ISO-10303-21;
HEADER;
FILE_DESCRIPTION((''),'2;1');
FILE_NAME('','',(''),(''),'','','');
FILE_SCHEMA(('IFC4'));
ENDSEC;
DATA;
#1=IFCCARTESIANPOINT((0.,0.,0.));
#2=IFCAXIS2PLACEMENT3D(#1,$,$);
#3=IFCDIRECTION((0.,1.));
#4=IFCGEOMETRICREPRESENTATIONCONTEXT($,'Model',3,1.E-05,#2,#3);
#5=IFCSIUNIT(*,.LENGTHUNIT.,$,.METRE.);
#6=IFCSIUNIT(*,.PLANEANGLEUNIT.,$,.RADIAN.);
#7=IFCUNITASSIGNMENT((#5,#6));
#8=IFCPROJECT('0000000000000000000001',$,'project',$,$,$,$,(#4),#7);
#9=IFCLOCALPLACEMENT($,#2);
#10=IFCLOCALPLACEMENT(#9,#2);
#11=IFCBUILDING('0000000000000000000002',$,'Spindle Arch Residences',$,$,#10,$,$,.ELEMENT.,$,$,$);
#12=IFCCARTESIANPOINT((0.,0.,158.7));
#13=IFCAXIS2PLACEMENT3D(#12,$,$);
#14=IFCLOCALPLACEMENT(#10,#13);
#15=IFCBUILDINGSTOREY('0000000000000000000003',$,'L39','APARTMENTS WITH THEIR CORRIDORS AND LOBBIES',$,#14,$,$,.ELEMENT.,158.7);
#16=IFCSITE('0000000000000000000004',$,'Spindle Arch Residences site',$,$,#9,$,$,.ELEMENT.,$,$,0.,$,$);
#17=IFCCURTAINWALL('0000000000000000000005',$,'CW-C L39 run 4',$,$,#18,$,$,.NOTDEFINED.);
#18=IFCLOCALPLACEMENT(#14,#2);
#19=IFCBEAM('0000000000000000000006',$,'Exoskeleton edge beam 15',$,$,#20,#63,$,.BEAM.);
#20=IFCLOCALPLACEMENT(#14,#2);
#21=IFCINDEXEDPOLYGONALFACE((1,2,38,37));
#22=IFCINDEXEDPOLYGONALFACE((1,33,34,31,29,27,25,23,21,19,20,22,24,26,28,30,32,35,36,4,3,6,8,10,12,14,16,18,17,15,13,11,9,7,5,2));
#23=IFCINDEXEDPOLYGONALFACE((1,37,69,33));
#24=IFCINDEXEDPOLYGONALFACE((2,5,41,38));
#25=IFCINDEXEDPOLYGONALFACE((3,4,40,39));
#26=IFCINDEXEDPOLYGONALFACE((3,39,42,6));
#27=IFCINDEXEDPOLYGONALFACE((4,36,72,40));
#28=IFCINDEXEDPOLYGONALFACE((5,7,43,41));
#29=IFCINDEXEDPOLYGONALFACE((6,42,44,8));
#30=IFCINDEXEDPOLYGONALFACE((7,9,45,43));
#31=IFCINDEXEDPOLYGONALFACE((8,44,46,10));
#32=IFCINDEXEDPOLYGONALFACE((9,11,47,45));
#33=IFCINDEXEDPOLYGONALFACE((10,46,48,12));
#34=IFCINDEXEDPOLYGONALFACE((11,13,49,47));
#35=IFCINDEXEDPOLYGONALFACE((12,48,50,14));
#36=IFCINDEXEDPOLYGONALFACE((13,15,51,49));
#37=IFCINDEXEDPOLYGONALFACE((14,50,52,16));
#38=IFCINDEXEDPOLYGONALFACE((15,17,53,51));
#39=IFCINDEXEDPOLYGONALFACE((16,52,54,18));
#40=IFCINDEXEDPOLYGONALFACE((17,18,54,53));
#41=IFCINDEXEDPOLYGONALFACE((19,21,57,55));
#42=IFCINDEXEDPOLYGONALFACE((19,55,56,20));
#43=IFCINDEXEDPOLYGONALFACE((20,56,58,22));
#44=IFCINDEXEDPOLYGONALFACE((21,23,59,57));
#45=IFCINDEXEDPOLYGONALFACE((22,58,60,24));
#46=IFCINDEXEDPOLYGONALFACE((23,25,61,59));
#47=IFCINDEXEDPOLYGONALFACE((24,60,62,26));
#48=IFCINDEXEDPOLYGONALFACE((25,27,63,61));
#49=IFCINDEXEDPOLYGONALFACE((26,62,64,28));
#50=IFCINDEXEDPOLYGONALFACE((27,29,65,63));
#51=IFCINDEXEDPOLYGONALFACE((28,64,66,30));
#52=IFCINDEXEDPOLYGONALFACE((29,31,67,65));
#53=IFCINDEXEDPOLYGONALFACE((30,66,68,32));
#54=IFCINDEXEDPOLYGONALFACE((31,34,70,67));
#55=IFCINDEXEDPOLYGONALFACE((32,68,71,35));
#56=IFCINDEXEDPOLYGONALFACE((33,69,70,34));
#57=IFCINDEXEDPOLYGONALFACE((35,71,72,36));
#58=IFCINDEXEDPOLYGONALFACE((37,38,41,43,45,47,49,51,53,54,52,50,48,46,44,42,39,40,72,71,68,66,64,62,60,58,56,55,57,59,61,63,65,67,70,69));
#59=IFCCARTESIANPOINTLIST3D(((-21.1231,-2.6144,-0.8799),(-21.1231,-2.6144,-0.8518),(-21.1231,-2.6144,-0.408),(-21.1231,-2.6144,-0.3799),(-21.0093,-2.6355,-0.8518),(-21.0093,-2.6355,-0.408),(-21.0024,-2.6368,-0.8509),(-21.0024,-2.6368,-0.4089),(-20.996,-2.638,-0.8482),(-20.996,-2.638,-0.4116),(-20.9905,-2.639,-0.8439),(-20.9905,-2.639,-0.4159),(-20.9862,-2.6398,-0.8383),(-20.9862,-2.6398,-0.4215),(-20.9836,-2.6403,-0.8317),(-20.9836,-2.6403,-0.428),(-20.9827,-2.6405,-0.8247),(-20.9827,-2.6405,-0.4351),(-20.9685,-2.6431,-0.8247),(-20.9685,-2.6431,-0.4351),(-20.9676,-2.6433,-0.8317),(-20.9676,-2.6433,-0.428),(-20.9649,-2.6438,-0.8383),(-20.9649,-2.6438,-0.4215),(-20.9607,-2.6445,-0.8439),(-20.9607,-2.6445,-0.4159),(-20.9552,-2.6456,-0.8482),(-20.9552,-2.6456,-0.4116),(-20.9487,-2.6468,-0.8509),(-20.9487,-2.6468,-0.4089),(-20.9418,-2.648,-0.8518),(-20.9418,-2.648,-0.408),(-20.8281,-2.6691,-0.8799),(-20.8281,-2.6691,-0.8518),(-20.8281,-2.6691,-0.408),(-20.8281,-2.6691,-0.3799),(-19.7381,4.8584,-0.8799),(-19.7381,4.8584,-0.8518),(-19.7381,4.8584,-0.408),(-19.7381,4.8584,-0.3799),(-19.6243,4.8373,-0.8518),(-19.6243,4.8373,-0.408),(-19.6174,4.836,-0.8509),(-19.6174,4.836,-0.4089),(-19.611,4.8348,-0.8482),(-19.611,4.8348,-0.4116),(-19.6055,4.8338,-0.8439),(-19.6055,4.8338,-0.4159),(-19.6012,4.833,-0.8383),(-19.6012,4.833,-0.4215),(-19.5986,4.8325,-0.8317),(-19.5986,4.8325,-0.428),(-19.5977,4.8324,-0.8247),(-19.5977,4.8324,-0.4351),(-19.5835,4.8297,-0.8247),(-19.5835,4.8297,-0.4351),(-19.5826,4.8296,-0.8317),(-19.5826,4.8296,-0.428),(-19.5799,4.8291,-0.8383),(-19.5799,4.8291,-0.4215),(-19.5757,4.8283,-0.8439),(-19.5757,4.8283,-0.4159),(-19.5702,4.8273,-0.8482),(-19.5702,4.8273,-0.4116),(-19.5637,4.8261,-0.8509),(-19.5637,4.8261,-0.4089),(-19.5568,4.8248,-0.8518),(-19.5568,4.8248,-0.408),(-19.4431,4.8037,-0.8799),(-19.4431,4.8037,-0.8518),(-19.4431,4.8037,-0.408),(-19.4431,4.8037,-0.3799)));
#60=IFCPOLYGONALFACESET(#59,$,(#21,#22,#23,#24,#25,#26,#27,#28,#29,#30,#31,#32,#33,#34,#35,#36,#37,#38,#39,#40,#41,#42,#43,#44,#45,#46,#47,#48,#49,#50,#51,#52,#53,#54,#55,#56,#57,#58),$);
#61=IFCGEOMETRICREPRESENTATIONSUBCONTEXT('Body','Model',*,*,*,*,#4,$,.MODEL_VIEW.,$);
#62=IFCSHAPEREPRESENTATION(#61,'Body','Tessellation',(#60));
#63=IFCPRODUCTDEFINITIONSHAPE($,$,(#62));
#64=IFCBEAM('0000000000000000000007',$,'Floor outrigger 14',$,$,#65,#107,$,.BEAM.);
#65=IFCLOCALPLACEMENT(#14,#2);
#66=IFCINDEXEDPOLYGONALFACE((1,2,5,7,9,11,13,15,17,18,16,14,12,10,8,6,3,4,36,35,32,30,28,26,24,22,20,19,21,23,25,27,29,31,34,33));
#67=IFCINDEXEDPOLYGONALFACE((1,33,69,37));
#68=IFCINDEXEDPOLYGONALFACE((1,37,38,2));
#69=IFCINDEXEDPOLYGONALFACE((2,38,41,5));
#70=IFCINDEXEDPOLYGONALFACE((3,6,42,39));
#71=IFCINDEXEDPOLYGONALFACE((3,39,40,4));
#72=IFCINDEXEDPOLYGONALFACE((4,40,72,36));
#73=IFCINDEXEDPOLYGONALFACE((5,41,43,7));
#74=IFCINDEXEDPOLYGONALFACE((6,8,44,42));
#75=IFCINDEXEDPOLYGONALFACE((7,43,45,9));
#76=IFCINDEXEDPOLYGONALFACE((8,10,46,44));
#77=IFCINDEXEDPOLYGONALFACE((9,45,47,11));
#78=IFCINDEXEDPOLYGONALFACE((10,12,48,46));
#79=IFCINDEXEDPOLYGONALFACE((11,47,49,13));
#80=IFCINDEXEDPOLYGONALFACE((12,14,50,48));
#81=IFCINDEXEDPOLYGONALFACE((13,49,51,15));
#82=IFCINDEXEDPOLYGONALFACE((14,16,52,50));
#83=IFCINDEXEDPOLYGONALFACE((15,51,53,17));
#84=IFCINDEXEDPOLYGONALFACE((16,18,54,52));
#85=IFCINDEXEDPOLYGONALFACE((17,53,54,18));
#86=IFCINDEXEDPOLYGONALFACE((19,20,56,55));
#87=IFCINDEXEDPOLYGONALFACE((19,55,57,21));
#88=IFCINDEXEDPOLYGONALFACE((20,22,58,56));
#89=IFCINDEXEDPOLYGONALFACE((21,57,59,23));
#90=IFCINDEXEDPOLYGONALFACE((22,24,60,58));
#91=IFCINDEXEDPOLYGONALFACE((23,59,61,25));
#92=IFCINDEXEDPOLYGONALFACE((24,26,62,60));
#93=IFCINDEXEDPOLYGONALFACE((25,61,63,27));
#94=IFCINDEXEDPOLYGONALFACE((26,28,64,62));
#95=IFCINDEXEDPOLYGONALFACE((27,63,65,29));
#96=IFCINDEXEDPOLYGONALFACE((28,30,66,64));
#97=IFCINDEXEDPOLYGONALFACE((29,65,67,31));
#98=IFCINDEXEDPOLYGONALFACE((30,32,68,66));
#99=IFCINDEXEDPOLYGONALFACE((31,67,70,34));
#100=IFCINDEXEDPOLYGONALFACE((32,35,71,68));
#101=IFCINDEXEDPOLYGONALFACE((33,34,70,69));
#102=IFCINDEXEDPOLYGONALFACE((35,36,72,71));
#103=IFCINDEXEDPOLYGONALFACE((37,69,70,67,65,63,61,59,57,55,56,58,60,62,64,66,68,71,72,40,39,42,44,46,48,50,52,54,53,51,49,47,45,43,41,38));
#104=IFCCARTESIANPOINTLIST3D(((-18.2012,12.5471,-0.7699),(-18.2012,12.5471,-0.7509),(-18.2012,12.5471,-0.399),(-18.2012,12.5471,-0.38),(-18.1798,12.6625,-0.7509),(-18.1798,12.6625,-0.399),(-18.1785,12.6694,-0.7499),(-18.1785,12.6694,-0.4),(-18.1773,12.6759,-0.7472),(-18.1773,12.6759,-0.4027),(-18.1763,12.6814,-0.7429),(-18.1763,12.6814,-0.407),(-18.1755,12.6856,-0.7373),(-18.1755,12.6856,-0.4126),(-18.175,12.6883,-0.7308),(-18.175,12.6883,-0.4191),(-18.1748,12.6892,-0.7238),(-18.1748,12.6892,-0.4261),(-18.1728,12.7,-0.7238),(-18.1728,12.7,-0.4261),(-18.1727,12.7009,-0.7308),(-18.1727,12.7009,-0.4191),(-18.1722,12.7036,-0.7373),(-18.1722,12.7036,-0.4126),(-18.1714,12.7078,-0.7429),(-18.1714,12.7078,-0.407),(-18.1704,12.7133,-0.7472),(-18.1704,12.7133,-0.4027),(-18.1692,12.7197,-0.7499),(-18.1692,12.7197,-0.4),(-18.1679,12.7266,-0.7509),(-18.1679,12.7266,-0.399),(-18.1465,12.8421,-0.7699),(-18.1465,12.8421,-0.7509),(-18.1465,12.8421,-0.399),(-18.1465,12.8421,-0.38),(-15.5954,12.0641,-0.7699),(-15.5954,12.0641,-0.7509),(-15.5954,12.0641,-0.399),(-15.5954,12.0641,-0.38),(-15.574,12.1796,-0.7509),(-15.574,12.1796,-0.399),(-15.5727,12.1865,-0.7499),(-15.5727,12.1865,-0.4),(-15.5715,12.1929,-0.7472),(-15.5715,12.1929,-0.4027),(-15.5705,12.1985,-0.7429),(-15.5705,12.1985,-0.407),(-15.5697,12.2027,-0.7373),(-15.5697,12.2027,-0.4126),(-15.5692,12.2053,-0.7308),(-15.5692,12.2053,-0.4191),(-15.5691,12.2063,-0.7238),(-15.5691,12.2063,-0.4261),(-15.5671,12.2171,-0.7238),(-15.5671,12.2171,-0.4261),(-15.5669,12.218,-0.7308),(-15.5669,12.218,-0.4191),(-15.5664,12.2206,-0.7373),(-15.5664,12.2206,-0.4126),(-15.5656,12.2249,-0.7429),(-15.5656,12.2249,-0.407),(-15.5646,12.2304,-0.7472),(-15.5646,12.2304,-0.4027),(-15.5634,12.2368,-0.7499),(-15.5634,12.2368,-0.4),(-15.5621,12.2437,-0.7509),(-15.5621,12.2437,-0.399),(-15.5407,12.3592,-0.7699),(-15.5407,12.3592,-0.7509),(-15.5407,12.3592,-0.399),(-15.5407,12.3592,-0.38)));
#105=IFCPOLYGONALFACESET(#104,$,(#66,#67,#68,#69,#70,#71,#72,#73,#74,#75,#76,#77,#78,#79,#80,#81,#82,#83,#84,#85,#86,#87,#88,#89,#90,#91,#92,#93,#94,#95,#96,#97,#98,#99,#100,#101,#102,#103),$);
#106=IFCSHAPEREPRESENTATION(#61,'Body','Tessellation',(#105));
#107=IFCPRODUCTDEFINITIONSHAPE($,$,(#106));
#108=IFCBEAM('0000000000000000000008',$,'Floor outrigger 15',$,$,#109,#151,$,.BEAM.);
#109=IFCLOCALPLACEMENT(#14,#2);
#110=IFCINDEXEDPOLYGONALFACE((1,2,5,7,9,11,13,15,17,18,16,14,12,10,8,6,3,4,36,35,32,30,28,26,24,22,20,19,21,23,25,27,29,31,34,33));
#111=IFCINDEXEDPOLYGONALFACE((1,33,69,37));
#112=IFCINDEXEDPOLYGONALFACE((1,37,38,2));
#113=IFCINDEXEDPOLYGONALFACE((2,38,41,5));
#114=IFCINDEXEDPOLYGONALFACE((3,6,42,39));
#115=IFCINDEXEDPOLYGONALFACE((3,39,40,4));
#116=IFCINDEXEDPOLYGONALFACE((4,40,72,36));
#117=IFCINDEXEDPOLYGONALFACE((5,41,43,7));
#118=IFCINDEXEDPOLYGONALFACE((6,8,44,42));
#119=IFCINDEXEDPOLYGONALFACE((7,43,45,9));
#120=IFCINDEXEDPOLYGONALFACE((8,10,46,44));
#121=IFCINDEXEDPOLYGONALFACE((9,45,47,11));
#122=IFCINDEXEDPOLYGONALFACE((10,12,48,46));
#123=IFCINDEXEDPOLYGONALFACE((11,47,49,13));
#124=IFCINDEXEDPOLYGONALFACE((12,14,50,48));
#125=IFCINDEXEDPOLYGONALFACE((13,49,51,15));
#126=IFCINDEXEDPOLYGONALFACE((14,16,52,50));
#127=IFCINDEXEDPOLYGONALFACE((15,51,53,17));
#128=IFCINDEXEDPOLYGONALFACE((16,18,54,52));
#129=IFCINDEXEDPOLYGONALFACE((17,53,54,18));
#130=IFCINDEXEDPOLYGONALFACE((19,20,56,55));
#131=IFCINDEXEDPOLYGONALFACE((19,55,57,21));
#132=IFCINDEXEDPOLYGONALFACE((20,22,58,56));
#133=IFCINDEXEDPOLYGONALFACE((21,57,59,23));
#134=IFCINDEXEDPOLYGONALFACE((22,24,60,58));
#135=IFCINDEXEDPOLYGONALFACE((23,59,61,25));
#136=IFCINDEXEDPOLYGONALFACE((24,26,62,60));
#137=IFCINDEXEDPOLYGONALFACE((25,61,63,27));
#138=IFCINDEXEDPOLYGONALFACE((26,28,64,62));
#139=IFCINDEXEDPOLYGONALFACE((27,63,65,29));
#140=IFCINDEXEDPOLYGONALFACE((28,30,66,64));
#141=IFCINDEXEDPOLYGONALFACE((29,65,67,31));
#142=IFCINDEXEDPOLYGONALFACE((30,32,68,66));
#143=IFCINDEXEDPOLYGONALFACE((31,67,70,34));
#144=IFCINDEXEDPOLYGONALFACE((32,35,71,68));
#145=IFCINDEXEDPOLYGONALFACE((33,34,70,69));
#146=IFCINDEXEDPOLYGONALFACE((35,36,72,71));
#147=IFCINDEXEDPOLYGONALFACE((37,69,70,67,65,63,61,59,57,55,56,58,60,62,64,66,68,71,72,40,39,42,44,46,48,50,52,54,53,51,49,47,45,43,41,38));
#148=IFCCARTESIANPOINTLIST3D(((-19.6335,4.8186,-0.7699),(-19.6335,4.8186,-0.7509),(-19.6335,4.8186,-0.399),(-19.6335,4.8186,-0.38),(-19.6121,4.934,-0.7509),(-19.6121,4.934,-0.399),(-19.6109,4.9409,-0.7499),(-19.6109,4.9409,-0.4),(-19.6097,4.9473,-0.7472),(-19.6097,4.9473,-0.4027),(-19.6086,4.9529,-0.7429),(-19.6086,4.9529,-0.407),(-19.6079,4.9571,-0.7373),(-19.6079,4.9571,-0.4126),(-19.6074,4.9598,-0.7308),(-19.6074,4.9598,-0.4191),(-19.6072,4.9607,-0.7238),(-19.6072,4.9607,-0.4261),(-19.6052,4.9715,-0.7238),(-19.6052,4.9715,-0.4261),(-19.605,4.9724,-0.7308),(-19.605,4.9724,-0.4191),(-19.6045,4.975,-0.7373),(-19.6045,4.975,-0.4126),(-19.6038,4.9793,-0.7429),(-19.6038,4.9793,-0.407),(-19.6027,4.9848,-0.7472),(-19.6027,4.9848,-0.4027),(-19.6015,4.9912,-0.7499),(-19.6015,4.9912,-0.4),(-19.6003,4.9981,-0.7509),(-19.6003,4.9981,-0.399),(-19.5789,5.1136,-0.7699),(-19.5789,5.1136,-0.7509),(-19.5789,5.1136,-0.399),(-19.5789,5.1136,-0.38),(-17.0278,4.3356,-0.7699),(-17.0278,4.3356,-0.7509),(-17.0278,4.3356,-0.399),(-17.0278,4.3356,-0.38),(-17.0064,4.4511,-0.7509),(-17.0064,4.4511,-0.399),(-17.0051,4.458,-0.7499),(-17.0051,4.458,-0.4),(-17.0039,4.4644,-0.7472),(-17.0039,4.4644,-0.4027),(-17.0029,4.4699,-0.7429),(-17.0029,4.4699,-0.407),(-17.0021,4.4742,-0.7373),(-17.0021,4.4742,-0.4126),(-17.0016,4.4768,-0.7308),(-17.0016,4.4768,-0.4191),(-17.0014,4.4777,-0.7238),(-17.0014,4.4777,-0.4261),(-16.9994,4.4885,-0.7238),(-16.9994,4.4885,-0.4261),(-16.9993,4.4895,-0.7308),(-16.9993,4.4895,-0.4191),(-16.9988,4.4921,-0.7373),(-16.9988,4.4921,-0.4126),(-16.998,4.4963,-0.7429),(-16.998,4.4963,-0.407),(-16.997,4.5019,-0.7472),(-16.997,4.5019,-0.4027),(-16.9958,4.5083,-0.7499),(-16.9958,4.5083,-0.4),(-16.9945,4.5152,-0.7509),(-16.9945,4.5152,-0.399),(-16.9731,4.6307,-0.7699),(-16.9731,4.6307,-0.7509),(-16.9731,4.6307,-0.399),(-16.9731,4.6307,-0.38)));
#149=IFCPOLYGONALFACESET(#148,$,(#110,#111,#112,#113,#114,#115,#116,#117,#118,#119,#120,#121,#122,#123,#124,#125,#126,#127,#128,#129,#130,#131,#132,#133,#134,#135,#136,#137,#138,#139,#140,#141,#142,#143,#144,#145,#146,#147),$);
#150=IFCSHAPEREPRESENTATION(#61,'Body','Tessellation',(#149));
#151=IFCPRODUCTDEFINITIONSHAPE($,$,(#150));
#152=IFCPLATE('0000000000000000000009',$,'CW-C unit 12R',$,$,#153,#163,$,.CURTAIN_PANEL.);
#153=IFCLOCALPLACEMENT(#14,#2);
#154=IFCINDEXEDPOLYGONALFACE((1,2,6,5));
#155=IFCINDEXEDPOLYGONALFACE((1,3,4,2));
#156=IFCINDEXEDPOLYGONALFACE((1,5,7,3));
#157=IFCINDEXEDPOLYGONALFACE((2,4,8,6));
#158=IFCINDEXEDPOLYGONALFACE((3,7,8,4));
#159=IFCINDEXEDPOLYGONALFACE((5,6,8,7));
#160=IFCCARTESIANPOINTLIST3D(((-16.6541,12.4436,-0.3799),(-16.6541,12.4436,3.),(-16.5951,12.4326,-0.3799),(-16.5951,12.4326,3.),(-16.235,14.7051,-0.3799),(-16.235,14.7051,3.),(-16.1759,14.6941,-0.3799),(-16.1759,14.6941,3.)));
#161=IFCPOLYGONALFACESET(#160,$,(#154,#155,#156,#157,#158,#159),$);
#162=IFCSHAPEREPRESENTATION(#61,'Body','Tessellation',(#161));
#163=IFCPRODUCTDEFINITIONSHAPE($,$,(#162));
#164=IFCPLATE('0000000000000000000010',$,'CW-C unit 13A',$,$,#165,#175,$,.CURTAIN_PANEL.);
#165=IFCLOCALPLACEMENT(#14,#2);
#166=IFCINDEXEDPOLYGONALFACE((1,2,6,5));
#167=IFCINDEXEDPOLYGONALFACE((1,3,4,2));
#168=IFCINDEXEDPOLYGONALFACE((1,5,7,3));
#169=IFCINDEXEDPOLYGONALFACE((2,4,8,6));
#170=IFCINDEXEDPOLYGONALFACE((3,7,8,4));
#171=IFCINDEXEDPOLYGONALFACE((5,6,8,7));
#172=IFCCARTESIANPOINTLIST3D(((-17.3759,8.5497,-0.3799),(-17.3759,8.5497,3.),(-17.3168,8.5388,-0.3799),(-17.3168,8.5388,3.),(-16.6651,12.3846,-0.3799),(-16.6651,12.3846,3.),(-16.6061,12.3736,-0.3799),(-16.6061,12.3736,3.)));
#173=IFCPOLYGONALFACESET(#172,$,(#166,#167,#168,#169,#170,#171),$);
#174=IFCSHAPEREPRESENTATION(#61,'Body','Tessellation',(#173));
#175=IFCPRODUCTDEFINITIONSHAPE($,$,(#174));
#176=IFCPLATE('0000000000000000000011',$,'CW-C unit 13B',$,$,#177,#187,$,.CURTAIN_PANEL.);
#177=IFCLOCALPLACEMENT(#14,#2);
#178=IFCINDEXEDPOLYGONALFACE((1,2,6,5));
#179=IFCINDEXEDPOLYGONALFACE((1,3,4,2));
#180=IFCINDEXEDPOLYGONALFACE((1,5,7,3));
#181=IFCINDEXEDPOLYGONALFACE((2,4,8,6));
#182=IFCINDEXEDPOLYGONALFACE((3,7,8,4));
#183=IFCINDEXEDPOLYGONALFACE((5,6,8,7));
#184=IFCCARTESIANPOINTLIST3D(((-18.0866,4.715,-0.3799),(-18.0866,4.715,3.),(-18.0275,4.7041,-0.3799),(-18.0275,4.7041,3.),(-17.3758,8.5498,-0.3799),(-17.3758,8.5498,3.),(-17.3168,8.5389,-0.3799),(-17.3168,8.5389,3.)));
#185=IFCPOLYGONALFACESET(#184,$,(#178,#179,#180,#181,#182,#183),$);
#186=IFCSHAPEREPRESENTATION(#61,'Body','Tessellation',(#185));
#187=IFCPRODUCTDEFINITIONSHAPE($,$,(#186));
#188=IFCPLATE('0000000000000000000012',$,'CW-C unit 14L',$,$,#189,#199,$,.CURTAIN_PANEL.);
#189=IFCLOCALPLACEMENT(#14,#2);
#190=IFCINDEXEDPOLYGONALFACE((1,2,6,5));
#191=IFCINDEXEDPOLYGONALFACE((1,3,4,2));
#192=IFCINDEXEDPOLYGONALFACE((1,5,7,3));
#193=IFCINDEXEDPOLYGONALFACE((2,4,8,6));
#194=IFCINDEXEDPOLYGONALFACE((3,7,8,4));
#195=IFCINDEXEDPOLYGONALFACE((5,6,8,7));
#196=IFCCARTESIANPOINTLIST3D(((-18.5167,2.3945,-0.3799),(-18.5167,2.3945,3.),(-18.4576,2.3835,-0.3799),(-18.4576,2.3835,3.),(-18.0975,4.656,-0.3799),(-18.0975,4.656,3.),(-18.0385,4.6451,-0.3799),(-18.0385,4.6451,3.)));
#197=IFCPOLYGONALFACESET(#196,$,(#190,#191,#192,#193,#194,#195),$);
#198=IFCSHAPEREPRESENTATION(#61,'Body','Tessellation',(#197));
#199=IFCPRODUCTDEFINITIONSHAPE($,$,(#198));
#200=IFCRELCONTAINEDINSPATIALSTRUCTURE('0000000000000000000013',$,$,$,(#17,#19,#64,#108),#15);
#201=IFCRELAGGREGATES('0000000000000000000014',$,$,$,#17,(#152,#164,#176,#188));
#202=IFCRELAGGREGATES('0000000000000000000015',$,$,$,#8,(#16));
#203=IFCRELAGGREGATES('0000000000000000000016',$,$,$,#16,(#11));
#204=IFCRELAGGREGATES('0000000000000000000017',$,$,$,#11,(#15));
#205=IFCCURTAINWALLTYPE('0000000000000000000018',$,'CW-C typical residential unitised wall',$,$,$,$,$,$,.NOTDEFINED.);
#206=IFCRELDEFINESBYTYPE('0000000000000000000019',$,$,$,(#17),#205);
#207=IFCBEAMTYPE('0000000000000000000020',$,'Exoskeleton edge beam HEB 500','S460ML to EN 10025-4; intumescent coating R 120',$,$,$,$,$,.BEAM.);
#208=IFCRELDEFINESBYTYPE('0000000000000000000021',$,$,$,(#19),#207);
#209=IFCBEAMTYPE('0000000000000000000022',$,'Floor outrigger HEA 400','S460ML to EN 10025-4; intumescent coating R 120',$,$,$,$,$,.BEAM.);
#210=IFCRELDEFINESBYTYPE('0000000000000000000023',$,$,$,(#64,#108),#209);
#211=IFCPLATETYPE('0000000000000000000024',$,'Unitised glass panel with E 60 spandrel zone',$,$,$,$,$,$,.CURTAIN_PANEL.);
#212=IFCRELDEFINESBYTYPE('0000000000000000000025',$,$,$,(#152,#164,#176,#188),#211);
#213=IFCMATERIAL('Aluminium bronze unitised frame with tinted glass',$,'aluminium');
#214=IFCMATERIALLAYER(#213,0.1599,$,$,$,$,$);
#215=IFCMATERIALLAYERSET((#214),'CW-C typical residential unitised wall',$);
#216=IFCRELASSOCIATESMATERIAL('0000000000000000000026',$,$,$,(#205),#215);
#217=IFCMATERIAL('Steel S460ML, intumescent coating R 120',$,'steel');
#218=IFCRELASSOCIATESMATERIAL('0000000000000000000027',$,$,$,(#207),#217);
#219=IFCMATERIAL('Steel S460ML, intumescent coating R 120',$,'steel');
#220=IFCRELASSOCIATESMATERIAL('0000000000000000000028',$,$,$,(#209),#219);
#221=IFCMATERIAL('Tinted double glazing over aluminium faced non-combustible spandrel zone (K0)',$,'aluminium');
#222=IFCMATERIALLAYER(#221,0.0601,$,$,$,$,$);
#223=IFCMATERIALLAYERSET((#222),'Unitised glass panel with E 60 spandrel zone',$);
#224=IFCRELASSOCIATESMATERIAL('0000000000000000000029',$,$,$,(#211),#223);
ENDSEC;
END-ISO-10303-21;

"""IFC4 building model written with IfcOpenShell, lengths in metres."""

from ifc_helpers import new_model, si_unit, direction, frame, origin, origin_2d, place, context, subcontext, project, spatial, rectangle, i_section, extrude, material, layer, layer_set, material_profile, profile_set, type_object, element, aggregate, save


model = new_model("IFC4")

# Units and contexts
model_context = context("Model", 3, precision=1e-05, world=origin(), true_north=direction((0.0, 1.0)))
body_context = subcontext(model_context, "Body", "Model", "MODEL_VIEW")
ifc_project = project(units=[si_unit("LENGTHUNIT", "METRE"), si_unit("PLANEANGLEUNIT", "RADIAN")], contexts=[model_context])

# Site, building, storey
site_placement = place(None, origin())
site = spatial("IfcSite", under=ifc_project, at=site_placement, Name="Spindle Arch Residences site", CompositionType="ELEMENT", RefElevation=0.0)
building_placement = place(site_placement, origin())
building = spatial("IfcBuilding", under=site, at=building_placement, Name="Spindle Arch Residences", CompositionType="ELEMENT")
storey_placement = place(building_placement, frame((0.0, 0.0, 158.7)))
storey = spatial("IfcBuildingStorey", under=building, at=storey_placement, Name="L39", Description="APARTMENTS WITH THEIR CORRIDORS AND LOBBIES", CompositionType="ELEMENT", Elevation=158.7)

# Curtain wall
ifc_material_1 = material(Name="Aluminium bronze unitised frame with tinted glass", Category="aluminium")
ifc_layer_1 = layer(ifc_material_1, 0.1599)
ifc_layer_set_1 = layer_set([ifc_layer_1], Name="CW-C typical residential unitised wall")
curtain_wall_type = type_object("IfcCurtainWallType", Name="CW-C typical residential unitised wall", PredefinedType="NOTDEFINED", material=ifc_layer_set_1)
curtain_wall_placement = place(storey_placement, origin())
curtain_wall = element("IfcCurtainWall", 1, at=curtain_wall_placement, inside=storey, type_object=curtain_wall_type, Name="CW-C L39 run 4", PredefinedType="NOTDEFINED")

# Beams
ifc_material_2 = material(Name="Steel S460ML, intumescent coating R 120", Category="steel")
ifc_material_profile_1 = material_profile(ifc_material_2, i_section(OverallWidth=0.3, OverallDepth=0.5, WebThickness=0.0144, FlangeThickness=0.0281, FilletRadius=0.0271, at=origin_2d()), Name="HEB 500")
ifc_profile_set_1 = profile_set([ifc_material_profile_1], Name="Steel S460ML, intumescent coating R 120")
beam_type_1 = type_object("IfcBeamType", Name="Exoskeleton edge beam HEB 500", Description="S460ML to EN 10025-4; intumescent coating R 120", PredefinedType="BEAM", material=ifc_profile_set_1)
for number, where, z_axis, x_axis, name in (
    (2, (-19.5906, 4.8311, -0.6299), (-0.182234, -0.983255, 0.0), (0.983255, -0.182234, 0.0), "Exoskeleton edge beam 15"),
):
    element("IfcBeam", number, at=place(storey_placement, frame(where, z_axis=z_axis, x_axis=x_axis)), inside=storey, type_object=beam_type_1, Name=name, PredefinedType="BEAM", context=body_context, shape_type="SweptSolid", body=[
        extrude(i_section(OverallWidth=0.3, OverallDepth=0.5, WebThickness=0.0144, FlangeThickness=0.0281, FilletRadius=0.0271, at=origin_2d()), origin(), (0.0, 0.0, 1.0), 7.6001),
    ])
ifc_material_3 = material(Name="Steel S460ML, intumescent coating R 120", Category="steel")
ifc_material_profile_2 = material_profile(ifc_material_3, i_section(OverallWidth=0.3, OverallDepth=0.3899, WebThickness=0.011, FlangeThickness=0.019, FilletRadius=0.0271, at=origin_2d()), Name="HEA 400")
ifc_profile_set_2 = profile_set([ifc_material_profile_2], Name="Steel S460ML, intumescent coating R 120")
beam_type_2 = type_object("IfcBeamType", Name="Floor outrigger HEA 400", Description="S460ML to EN 10025-4; intumescent coating R 120", PredefinedType="BEAM", material=ifc_profile_set_2)
for number, where, z_axis, x_axis, name in (
    (3, (-18.1738, 12.6946, -0.575), (0.983257, -0.182225, 0.0), (0.182225, 0.983257, 0.0), "Floor outrigger 14"),
    (4, (-19.6062, 4.9661, -0.575), (0.983257, -0.182225, 0.0), (0.182225, 0.983257, 0.0), "Floor outrigger 15"),
):
    element("IfcBeam", number, at=place(storey_placement, frame(where, z_axis=z_axis, x_axis=x_axis)), inside=storey, type_object=beam_type_2, Name=name, PredefinedType="BEAM", context=body_context, shape_type="SweptSolid", body=[
        extrude(i_section(OverallWidth=0.3, OverallDepth=0.3899, WebThickness=0.011, FlangeThickness=0.019, FilletRadius=0.0271, at=origin_2d()), origin(), (0.0, 0.0, 1.0), 2.6501),
    ])

# Plates
ifc_material_4 = material(Name="Tinted double glazing over aluminium faced non-combustible spandrel zone (K0)", Category="aluminium")
ifc_layer_2 = layer(ifc_material_4, 0.0601)
ifc_layer_set_2 = layer_set([ifc_layer_2], Name="Unitised glass panel with E 60 spandrel zone")
plate_type = type_object("IfcPlateType", Name="Unitised glass panel with E 60 spandrel zone", PredefinedType="CURTAIN_PANEL", material=ifc_layer_set_2)
plate_1_placement = place(storey_placement, frame((-16.415, 13.5688, -0.3799), z_axis=(0.0, 0.0, 1.0), x_axis=(-0.182236, -0.983255, 0.0)))
plate_1 = element("IfcPlate", 5, at=plate_1_placement, type_object=plate_type, Name="CW-C unit 12R", PredefinedType="CURTAIN_PANEL", context=body_context, shape_type="SweptSolid", body=[
    extrude(rectangle(XDim=2.3, YDim=0.0601, at=origin_2d()), origin(), (0.0, 0.0, 1.0), 3.3799),
])
plate_2_placement = place(storey_placement, frame((-16.991, 10.4617, -0.3799), z_axis=(0.0, 0.0, 1.0), x_axis=(-0.182236, -0.983255, 0.0)))
plate_2 = element("IfcPlate", 6, at=plate_2_placement, type_object=plate_type, Name="CW-C unit 13A", PredefinedType="CURTAIN_PANEL", context=body_context, shape_type="SweptSolid", body=[
    extrude(rectangle(XDim=3.9001, YDim=0.0601, at=origin_2d()), origin(), (0.0, 0.0, 1.0), 3.3799),
])
plate_3_placement = place(storey_placement, frame((-17.7017, 6.627, -0.3799), z_axis=(0.0, 0.0, 1.0), x_axis=(-0.182236, -0.983255, 0.0)))
plate_3 = element("IfcPlate", 7, at=plate_3_placement, type_object=plate_type, Name="CW-C unit 13B", PredefinedType="CURTAIN_PANEL", context=body_context, shape_type="SweptSolid", body=[
    extrude(rectangle(XDim=3.9001, YDim=0.0601, at=origin_2d()), origin(), (0.0, 0.0, 1.0), 3.3799),
])
plate_4_placement = place(storey_placement, frame((-18.2776, 3.5198, -0.3799), z_axis=(0.0, 0.0, 1.0), x_axis=(-0.182236, -0.983255, 0.0)))
plate_4 = element("IfcPlate", 8, at=plate_4_placement, type_object=plate_type, Name="CW-C unit 14L", PredefinedType="CURTAIN_PANEL", context=body_context, shape_type="SweptSolid", body=[
    extrude(rectangle(XDim=2.3, YDim=0.0601, at=origin_2d()), origin(), (0.0, 0.0, 1.0), 3.3799),
])
aggregate(curtain_wall, [plate_1, plate_2, plate_3, plate_4])

save(model, "model.ifc")
